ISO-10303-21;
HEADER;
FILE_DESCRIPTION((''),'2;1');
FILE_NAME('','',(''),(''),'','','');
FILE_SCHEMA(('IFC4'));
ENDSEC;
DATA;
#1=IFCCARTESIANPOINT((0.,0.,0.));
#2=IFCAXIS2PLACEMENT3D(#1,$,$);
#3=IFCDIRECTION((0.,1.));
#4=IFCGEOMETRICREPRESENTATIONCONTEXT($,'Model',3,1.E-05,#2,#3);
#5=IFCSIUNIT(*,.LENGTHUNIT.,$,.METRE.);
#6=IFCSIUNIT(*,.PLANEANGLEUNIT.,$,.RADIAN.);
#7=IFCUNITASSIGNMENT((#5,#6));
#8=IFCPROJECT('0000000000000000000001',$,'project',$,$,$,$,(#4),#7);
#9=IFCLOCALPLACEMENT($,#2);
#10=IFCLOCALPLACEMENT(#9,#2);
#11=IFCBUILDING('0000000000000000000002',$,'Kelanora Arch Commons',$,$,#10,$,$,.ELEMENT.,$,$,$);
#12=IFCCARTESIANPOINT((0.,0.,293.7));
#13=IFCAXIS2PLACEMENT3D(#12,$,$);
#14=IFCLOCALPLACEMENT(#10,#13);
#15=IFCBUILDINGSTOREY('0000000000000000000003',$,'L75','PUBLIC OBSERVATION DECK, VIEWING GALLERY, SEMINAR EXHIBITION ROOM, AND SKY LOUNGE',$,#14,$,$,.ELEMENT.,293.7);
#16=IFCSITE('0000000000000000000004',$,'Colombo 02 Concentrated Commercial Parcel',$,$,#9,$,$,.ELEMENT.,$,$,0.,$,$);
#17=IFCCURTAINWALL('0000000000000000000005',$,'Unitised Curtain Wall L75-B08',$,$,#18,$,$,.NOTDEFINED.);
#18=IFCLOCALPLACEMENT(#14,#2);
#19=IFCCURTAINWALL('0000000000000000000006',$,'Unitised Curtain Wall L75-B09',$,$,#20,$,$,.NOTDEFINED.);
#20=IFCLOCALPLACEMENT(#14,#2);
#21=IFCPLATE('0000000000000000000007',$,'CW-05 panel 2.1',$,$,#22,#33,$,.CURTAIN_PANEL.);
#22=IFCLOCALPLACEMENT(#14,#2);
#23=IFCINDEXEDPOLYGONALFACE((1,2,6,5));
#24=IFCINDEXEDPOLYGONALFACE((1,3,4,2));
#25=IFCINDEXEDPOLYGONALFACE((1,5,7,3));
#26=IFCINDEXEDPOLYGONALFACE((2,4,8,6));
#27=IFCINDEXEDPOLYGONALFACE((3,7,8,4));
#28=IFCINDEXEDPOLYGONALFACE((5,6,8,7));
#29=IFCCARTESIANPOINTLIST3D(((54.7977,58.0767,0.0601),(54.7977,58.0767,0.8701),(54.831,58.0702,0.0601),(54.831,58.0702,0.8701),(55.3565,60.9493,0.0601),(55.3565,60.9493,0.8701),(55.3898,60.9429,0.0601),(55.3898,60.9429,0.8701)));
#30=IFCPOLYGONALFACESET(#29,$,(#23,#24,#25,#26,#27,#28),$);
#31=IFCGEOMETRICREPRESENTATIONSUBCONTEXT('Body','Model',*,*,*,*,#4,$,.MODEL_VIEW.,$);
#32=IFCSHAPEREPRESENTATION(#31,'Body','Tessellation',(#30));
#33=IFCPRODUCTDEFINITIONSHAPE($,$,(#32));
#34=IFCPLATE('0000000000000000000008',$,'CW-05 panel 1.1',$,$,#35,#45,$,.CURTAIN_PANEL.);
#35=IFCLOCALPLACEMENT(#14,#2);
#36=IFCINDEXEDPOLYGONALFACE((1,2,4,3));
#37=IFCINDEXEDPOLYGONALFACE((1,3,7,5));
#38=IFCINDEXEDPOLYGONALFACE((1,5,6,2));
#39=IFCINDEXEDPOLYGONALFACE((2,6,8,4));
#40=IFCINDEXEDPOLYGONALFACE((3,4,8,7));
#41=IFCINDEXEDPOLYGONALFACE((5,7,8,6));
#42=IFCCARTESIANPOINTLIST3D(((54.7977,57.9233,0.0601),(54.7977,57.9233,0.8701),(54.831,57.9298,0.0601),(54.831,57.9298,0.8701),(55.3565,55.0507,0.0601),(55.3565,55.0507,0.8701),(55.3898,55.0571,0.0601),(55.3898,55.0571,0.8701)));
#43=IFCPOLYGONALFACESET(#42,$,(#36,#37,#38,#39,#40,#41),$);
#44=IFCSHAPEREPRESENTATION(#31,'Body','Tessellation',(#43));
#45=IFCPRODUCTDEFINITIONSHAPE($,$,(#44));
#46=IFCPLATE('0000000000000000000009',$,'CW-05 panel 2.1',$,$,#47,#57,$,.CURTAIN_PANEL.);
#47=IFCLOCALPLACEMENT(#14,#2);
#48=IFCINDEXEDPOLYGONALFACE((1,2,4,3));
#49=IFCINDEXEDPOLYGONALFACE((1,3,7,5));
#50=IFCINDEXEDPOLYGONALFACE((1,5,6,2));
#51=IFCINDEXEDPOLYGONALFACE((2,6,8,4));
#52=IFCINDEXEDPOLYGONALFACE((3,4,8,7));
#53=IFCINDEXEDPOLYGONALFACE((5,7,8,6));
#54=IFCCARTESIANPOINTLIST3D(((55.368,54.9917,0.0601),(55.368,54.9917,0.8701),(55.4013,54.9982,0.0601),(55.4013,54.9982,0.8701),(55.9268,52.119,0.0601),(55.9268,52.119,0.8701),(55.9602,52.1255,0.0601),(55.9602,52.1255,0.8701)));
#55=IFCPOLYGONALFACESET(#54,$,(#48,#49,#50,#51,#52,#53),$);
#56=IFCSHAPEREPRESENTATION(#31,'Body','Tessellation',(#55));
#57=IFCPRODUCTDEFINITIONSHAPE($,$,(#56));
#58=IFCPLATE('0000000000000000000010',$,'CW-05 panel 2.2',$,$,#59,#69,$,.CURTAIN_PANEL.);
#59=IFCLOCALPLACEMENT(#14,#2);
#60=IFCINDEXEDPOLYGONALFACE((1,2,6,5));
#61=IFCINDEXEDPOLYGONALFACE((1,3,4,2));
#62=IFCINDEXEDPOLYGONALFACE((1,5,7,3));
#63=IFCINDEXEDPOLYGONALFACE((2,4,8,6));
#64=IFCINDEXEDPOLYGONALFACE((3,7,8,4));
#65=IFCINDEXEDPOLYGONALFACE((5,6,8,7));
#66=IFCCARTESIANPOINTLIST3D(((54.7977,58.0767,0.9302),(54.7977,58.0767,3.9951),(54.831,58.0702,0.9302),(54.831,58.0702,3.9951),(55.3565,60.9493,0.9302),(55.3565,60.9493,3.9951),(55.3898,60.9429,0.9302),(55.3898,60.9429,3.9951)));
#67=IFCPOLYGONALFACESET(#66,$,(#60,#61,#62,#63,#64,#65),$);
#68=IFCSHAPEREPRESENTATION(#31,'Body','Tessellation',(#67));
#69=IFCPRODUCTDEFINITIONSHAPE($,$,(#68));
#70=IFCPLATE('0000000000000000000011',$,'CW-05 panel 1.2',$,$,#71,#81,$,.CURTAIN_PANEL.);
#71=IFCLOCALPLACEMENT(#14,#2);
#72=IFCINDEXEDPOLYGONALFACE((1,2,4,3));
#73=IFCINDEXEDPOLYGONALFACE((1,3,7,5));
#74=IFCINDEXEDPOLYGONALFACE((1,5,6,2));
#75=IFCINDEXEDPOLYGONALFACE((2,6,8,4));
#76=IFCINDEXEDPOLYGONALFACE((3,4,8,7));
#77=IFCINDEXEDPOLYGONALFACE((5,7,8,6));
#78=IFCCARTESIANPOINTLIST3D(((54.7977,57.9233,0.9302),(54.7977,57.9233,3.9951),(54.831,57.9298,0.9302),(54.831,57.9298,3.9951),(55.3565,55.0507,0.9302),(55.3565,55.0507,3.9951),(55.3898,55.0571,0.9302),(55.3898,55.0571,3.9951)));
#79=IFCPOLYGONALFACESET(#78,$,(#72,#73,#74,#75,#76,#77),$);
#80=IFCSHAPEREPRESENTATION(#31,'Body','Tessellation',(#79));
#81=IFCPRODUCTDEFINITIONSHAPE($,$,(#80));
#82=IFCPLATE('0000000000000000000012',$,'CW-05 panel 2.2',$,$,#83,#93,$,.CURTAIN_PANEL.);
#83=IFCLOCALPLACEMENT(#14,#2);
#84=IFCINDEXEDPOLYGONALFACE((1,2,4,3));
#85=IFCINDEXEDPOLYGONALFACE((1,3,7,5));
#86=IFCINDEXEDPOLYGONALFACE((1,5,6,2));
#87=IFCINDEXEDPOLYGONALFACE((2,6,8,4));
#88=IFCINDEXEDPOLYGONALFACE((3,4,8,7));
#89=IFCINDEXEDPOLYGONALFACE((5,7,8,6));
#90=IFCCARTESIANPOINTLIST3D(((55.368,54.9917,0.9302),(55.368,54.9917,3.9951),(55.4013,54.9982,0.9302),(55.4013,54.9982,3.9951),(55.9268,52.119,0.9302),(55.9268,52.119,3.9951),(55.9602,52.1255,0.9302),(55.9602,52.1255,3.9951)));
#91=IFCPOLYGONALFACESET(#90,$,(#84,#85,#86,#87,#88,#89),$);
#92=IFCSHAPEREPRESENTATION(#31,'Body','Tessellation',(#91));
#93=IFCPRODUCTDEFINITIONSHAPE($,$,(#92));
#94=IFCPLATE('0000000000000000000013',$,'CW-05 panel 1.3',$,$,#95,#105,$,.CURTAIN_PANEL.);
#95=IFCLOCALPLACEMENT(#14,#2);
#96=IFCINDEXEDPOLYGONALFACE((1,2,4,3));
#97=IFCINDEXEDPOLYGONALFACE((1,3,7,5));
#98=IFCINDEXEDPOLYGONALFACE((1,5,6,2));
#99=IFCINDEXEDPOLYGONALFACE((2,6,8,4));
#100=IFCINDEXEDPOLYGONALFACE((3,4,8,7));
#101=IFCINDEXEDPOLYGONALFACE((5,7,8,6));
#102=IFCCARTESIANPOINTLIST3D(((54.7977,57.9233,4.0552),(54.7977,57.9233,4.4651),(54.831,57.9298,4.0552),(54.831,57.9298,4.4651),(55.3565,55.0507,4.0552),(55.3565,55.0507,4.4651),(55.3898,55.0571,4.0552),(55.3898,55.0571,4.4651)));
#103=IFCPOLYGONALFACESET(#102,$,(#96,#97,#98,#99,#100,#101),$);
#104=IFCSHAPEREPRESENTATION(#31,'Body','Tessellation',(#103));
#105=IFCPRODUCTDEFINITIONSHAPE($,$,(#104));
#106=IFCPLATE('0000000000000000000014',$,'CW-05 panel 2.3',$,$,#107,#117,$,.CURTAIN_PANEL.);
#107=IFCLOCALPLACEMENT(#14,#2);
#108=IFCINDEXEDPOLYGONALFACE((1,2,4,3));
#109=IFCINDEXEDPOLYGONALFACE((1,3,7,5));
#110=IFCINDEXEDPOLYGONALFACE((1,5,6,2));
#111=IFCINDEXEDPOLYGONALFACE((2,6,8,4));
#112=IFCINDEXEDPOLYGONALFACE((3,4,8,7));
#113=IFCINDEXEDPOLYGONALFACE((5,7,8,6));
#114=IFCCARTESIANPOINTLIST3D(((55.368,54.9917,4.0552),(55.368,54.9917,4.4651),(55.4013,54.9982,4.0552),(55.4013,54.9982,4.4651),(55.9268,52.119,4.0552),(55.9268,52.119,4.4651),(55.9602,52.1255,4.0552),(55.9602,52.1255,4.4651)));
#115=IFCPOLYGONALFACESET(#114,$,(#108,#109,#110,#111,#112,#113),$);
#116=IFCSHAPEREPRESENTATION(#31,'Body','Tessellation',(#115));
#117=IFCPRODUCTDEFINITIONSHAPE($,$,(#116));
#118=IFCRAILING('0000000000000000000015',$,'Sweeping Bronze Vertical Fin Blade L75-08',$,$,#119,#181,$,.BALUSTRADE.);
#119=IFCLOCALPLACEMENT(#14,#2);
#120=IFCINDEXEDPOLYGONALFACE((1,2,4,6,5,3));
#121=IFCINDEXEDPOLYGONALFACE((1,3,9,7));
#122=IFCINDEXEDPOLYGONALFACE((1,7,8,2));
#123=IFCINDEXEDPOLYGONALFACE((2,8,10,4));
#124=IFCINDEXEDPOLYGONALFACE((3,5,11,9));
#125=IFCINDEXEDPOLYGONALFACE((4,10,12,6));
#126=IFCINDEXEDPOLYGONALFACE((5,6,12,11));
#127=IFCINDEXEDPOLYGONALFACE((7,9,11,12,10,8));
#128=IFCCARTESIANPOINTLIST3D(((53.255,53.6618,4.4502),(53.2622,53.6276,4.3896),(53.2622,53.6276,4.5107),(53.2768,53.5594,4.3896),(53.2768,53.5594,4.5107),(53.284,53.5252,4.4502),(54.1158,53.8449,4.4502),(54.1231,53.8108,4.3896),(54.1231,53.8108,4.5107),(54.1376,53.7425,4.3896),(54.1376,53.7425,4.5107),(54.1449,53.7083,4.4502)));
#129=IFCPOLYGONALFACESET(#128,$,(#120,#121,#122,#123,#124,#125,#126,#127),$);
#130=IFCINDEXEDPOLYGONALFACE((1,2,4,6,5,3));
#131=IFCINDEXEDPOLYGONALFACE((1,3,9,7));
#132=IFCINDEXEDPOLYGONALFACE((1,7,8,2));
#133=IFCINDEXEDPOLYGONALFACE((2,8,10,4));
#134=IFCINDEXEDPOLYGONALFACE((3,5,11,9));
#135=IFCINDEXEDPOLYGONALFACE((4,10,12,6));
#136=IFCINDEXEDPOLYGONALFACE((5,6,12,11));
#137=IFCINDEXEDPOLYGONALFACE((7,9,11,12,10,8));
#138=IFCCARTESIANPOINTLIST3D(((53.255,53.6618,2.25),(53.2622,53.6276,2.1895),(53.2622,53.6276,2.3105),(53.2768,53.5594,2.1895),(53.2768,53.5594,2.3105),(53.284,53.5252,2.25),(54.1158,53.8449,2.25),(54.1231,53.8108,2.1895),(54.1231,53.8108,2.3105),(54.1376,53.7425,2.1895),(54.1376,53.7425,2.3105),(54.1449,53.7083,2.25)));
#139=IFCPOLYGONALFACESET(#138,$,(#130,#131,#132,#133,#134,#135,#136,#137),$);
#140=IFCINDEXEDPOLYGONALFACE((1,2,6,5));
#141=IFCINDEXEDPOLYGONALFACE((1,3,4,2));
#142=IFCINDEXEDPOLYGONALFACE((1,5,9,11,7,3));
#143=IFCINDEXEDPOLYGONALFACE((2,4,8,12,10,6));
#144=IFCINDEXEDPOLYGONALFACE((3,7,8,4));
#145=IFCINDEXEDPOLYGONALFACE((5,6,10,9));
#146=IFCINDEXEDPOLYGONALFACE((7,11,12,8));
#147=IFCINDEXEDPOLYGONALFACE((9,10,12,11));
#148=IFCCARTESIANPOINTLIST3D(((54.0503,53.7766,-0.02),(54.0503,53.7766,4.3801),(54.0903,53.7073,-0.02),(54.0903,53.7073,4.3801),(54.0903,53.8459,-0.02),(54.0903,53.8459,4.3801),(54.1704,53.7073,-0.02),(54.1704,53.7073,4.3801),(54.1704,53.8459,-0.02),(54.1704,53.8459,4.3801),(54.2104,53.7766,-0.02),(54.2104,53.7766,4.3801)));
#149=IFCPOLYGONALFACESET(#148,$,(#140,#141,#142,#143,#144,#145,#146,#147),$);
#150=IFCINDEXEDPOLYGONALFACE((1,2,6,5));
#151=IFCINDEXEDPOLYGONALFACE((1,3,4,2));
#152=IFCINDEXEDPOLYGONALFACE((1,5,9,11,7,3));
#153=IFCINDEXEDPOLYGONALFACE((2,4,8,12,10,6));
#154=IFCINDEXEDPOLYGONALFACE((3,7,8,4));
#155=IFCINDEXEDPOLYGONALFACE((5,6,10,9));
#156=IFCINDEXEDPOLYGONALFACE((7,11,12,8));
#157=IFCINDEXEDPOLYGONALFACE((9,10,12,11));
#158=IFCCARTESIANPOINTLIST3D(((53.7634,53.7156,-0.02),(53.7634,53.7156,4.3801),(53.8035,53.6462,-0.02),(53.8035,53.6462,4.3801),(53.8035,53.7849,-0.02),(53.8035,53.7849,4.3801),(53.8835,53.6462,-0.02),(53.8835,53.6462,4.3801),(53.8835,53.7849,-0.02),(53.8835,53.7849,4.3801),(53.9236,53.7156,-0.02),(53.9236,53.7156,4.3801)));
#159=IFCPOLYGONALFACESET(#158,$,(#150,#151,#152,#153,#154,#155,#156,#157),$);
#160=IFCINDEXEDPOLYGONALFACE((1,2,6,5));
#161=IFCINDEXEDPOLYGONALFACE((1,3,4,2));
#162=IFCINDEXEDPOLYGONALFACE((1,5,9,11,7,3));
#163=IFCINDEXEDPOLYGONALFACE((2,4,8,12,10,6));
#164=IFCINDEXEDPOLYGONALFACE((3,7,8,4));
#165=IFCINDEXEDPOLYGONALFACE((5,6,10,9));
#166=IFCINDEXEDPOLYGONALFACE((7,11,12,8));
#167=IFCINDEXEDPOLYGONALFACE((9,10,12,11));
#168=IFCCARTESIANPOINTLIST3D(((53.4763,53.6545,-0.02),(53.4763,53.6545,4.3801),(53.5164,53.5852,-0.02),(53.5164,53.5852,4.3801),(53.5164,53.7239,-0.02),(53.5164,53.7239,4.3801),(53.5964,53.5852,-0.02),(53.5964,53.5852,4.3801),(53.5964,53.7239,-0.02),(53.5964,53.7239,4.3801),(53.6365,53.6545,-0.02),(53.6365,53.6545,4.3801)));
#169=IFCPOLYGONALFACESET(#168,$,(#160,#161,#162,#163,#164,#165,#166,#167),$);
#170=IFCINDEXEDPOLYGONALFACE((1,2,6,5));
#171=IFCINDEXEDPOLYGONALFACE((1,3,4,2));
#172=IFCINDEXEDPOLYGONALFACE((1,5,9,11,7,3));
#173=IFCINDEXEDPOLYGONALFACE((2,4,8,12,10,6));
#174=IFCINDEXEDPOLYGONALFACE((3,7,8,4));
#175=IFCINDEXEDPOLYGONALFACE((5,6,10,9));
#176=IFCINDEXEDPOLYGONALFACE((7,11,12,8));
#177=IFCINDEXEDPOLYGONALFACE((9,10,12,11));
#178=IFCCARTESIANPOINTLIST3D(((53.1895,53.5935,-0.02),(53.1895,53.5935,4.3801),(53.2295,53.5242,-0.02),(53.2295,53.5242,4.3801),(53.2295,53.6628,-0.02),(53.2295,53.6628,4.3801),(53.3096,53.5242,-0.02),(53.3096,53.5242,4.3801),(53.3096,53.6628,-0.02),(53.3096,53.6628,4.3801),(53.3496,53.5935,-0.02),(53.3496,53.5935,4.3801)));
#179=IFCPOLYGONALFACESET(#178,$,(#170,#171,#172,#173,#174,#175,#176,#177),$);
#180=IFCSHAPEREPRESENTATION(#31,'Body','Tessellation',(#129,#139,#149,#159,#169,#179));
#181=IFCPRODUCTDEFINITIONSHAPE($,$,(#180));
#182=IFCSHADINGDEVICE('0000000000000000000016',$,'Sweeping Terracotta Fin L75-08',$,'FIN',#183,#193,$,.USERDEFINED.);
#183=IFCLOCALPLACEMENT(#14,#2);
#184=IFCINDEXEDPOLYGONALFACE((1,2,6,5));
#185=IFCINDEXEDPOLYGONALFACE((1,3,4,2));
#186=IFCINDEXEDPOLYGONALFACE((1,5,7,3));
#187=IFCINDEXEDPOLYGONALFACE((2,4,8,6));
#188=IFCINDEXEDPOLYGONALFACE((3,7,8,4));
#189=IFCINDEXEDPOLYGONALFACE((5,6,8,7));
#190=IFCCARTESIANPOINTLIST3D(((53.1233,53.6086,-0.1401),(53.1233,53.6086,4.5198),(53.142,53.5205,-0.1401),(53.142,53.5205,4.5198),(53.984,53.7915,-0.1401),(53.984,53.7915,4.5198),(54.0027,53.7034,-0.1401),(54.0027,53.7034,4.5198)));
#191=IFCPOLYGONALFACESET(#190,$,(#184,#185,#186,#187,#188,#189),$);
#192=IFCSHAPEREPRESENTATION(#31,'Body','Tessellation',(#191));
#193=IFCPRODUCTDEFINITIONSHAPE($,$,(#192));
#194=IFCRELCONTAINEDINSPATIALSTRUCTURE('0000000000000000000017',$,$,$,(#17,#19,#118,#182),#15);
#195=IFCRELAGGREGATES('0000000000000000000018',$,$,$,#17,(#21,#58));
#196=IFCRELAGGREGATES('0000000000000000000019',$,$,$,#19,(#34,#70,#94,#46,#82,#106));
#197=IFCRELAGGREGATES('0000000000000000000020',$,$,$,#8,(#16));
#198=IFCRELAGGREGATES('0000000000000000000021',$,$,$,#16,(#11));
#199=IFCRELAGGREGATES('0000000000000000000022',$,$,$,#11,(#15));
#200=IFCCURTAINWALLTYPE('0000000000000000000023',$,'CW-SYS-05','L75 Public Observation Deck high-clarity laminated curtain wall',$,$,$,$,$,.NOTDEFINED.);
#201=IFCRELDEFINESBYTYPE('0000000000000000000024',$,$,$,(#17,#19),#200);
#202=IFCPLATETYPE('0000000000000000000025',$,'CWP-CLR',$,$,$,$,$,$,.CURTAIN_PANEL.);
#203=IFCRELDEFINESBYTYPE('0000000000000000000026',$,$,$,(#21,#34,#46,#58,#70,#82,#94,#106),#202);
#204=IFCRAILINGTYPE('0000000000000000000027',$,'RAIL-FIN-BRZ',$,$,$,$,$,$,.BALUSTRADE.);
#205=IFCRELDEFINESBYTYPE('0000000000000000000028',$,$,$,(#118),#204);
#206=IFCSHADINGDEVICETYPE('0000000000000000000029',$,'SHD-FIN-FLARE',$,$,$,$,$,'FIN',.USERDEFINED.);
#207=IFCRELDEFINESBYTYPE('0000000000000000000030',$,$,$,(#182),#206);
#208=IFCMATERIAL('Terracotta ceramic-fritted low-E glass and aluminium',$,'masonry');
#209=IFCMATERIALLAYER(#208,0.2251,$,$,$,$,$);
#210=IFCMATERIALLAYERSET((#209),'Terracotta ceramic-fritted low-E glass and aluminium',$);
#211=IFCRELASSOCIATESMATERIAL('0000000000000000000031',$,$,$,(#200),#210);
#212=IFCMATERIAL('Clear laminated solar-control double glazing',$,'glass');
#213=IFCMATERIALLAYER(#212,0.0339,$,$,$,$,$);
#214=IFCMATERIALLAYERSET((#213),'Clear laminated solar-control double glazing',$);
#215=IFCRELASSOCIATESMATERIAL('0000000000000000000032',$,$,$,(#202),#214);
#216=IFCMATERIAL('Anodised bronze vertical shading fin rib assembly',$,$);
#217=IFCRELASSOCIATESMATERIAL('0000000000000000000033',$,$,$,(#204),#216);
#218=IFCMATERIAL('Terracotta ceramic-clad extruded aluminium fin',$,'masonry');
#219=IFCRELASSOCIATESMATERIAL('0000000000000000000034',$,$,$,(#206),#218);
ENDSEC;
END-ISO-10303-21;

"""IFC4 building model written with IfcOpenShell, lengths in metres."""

from ifc_helpers import new_model, si_unit, direction, frame, origin, origin_2d, place, context, subcontext, project, spatial, polyline, rectangle, outline, extrude, source, transform, mapped, material, layer, layer_set, type_object, element, aggregate, save


model = new_model("IFC4")

# Units and contexts
model_context = context("Model", 3, precision=1e-05, world=origin(), true_north=direction((0.0, 1.0)))
body_context = subcontext(model_context, "Body", "Model", "MODEL_VIEW")
ifc_project = project(units=[si_unit("LENGTHUNIT", "METRE"), si_unit("PLANEANGLEUNIT", "RADIAN")], contexts=[model_context])

# Site, building, storey
site_placement = place(None, origin())
site = spatial("IfcSite", under=ifc_project, at=site_placement, Name="Colombo 02 Concentrated Commercial Parcel", CompositionType="ELEMENT", RefElevation=0.0)
building_placement = place(site_placement, origin())
building = spatial("IfcBuilding", under=site, at=building_placement, Name="Kelanora Arch Commons", CompositionType="ELEMENT")
storey_placement = place(building_placement, frame((0.0, 0.0, 293.7)))
storey = spatial("IfcBuildingStorey", under=building, at=storey_placement, Name="L75", Description="PUBLIC OBSERVATION DECK, VIEWING GALLERY, SEMINAR EXHIBITION ROOM, AND SKY LOUNGE", CompositionType="ELEMENT", Elevation=293.7)

# Curtain wall
ifc_material_1 = material(Name="Terracotta ceramic-fritted low-E glass and aluminium", Category="masonry")
ifc_layer_1 = layer(ifc_material_1, 0.2251)
ifc_layer_set_1 = layer_set([ifc_layer_1], Name="Terracotta ceramic-fritted low-E glass and aluminium")
curtain_wall_type = type_object("IfcCurtainWallType", Name="CW-SYS-05", Description="L75 Public Observation Deck high-clarity laminated curtain wall", PredefinedType="NOTDEFINED", material=ifc_layer_set_1)
curtain_wall_1_placement = place(storey_placement, origin())
curtain_wall_1 = element("IfcCurtainWall", 1, at=curtain_wall_1_placement, inside=storey, type_object=curtain_wall_type, Name="Unitised Curtain Wall L75-B08", PredefinedType="NOTDEFINED")

# Curtain wall
curtain_wall_2_placement = place(storey_placement, origin())
curtain_wall_2 = element("IfcCurtainWall", 2, at=curtain_wall_2_placement, inside=storey, type_object=curtain_wall_type, Name="Unitised Curtain Wall L75-B09", PredefinedType="NOTDEFINED")

# Plates
ifc_material_2 = material(Name="Clear laminated solar-control double glazing", Category="glass")
ifc_layer_2 = layer(ifc_material_2, 0.0339)
ifc_layer_set_2 = layer_set([ifc_layer_2], Name="Clear laminated solar-control double glazing")
plate_type = type_object("IfcPlateType", Name="CWP-CLR", PredefinedType="CURTAIN_PANEL", material=ifc_layer_set_2)
shared_shape_1 = source(origin(), body_context, "Body", "SweptSolid", [
    extrude(rectangle(XDim=2.9265, YDim=0.0339, at=origin_2d()), origin(), (0.0, 0.0, 1.0), 0.8101),
])
plate_1_placement = place(storey_placement, frame((55.0938, 59.5098, 0.0601), z_axis=(0.0, 0.0, 1.0), x_axis=(-0.190972, -0.981596, 0.0)))
plate_1 = element("IfcPlate", 3, at=plate_1_placement, type_object=plate_type, Name="CW-05 panel 2.1", PredefinedType="CURTAIN_PANEL", context=body_context, shape_type="MappedRepresentation", body=[
    mapped(shared_shape_1, transform((0.0, 0.0, 0.0), scale=1.0)),
])
plate_2_placement = place(storey_placement, frame((55.0938, 56.4902, 0.0601), z_axis=(0.0, 0.0, 1.0), x_axis=(0.190972, -0.981596, 0.0)))
plate_2 = element("IfcPlate", 4, at=plate_2_placement, type_object=plate_type, Name="CW-05 panel 1.1", PredefinedType="CURTAIN_PANEL", context=body_context, shape_type="MappedRepresentation", body=[
    mapped(shared_shape_1, transform((0.0, 0.0, 0.0), scale=1.0)),
])
plate_3_placement = place(storey_placement, frame((55.6641, 53.5586, 0.0601), z_axis=(0.0, 0.0, 1.0), x_axis=(0.190972, -0.981596, 0.0)))
plate_3 = element("IfcPlate", 5, at=plate_3_placement, type_object=plate_type, Name="CW-05 panel 2.1", PredefinedType="CURTAIN_PANEL", context=body_context, shape_type="MappedRepresentation", body=[
    mapped(shared_shape_1, transform((0.0, 0.0, 0.0), scale=1.0)),
])
shared_shape_2 = source(origin(), body_context, "Body", "SweptSolid", [
    extrude(rectangle(XDim=2.9265, YDim=0.0339, at=origin_2d()), origin(), (0.0, 0.0, 1.0), 3.0649),
])
plate_4_placement = place(storey_placement, frame((55.0938, 59.5098, 0.9302), z_axis=(0.0, 0.0, 1.0), x_axis=(-0.190972, -0.981596, 0.0)))
plate_4 = element("IfcPlate", 6, at=plate_4_placement, type_object=plate_type, Name="CW-05 panel 2.2", PredefinedType="CURTAIN_PANEL", context=body_context, shape_type="MappedRepresentation", body=[
    mapped(shared_shape_2, transform((0.0, 0.0, 0.0), scale=1.0)),
])
aggregate(curtain_wall_1, [plate_1, plate_4])
plate_5_placement = place(storey_placement, frame((55.0938, 56.4902, 0.9302), z_axis=(0.0, 0.0, 1.0), x_axis=(0.190972, -0.981596, 0.0)))
plate_5 = element("IfcPlate", 7, at=plate_5_placement, type_object=plate_type, Name="CW-05 panel 1.2", PredefinedType="CURTAIN_PANEL", context=body_context, shape_type="MappedRepresentation", body=[
    mapped(shared_shape_2, transform((0.0, 0.0, 0.0), scale=1.0)),
])
plate_6_placement = place(storey_placement, frame((55.6641, 53.5586, 0.9302), z_axis=(0.0, 0.0, 1.0), x_axis=(0.190972, -0.981596, 0.0)))
plate_6 = element("IfcPlate", 8, at=plate_6_placement, type_object=plate_type, Name="CW-05 panel 2.2", PredefinedType="CURTAIN_PANEL", context=body_context, shape_type="MappedRepresentation", body=[
    mapped(shared_shape_2, transform((0.0, 0.0, 0.0), scale=1.0)),
])
shared_shape_3 = source(origin(), body_context, "Body", "SweptSolid", [
    extrude(rectangle(XDim=2.9265, YDim=0.0339, at=origin_2d()), origin(), (0.0, 0.0, 1.0), 0.4099),
])
plate_7_placement = place(storey_placement, frame((55.0938, 56.4902, 4.0552), z_axis=(0.0, 0.0, 1.0), x_axis=(0.190972, -0.981596, 0.0)))
plate_7 = element("IfcPlate", 9, at=plate_7_placement, type_object=plate_type, Name="CW-05 panel 1.3", PredefinedType="CURTAIN_PANEL", context=body_context, shape_type="MappedRepresentation", body=[
    mapped(shared_shape_3, transform((0.0, 0.0, 0.0), scale=1.0)),
])
plate_8_placement = place(storey_placement, frame((55.6641, 53.5586, 4.0552), z_axis=(0.0, 0.0, 1.0), x_axis=(0.190972, -0.981596, 0.0)))
plate_8 = element("IfcPlate", 10, at=plate_8_placement, type_object=plate_type, Name="CW-05 panel 2.3", PredefinedType="CURTAIN_PANEL", context=body_context, shape_type="MappedRepresentation", body=[
    mapped(shared_shape_3, transform((0.0, 0.0, 0.0), scale=1.0)),
])
aggregate(curtain_wall_2, [plate_2, plate_5, plate_7, plate_3, plate_6, plate_8])

# Railing
ifc_material_3 = material(Name="Anodised bronze vertical shading fin rib assembly")
railing_type = type_object("IfcRailingType", Name="RAIL-FIN-BRZ", PredefinedType="BALUSTRADE", material=ifc_material_3)
railing_placement = place(storey_placement, frame((54.1304, 53.7766, -0.02)))
element("IfcRailing", 11, at=railing_placement, inside=storey, type_object=railing_type, Name="Sweeping Bronze Vertical Fin Blade L75-08", PredefinedType="BALUSTRADE", context=body_context, shape_type="SweptSolid", body=[
    extrude(outline(polyline([(0.0698, 0.0), (0.0349, 0.0605), (-0.0349, 0.0605), (-0.0698, 0.0), (-0.0349, -0.0605), (0.0349, -0.0605), (0.0698, 0.0)])), frame((0.0, 0.0, 4.4702), z_axis=(-0.978118, -0.208051, 0.0), x_axis=(0.208051, -0.978118, 0.0)), (0.0, 0.0, 1.0), 0.8801),
    extrude(outline(polyline([(0.0698, 0.0), (0.0349, 0.0605), (-0.0349, 0.0605), (-0.0698, 0.0), (-0.0349, -0.0605), (0.0349, -0.0605), (0.0698, 0.0)])), frame((0.0, 0.0, 2.27), z_axis=(-0.978118, -0.208051, 0.0), x_axis=(0.208051, -0.978118, 0.0)), (0.0, 0.0, 1.0), 0.8801),
    extrude(outline(polyline([(0.0801, 0.0), (0.04, 0.0693), (-0.04, 0.0693), (-0.0801, 0.0), (-0.04, -0.0693), (0.04, -0.0693), (0.0801, 0.0)])), origin(), (0.0, 0.0, 1.0), 4.4001),
    extrude(outline(polyline([(0.0801, 0.0), (0.04, 0.0693), (-0.04, 0.0693), (-0.0801, 0.0), (-0.04, -0.0693), (0.04, -0.0693), (0.0801, 0.0)])), frame((-0.2869, -0.061, 0.0)), (0.0, 0.0, 1.0), 4.4001),
    extrude(outline(polyline([(0.0801, 0.0), (0.04, 0.0693), (-0.04, 0.0693), (-0.0801, 0.0), (-0.04, -0.0693), (0.04, -0.0693), (0.0801, 0.0)])), frame((-0.574, -0.1221, 0.0)), (0.0, 0.0, 1.0), 4.4001),
    extrude(outline(polyline([(0.0801, 0.0), (0.04, 0.0693), (-0.04, 0.0693), (-0.0801, 0.0), (-0.04, -0.0693), (0.04, -0.0693), (0.0801, 0.0)])), frame((-0.8608, -0.1831, 0.0)), (0.0, 0.0, 1.0), 4.4001),
])

# Shading device
ifc_material_4 = material(Name="Terracotta ceramic-clad extruded aluminium fin", Category="masonry")
shading_device_type = type_object("IfcShadingDeviceType", Name="SHD-FIN-FLARE", ElementType="FIN", PredefinedType="USERDEFINED", material=ifc_material_4)
shared_shape_4 = source(origin(), body_context, "Body", "SweptSolid", [
    extrude(rectangle(XDim=0.8799, YDim=0.0901, at=origin_2d()), origin(), (0.0, 0.0, 1.0), 4.6599),
])
shading_device_placement = place(storey_placement, frame((53.563, 53.656, -0.1401), z_axis=(0.0, 0.0, 1.0), x_axis=(-0.978148, -0.207912, 0.0)))
element("IfcShadingDevice", 12, at=shading_device_placement, inside=storey, type_object=shading_device_type, Name="Sweeping Terracotta Fin L75-08", ObjectType="FIN", PredefinedType="USERDEFINED", context=body_context, shape_type="MappedRepresentation", body=[
    mapped(shared_shape_4, transform((0.0, 0.0, 0.0), scale=1.0)),
])

save(model, "model.ifc")
